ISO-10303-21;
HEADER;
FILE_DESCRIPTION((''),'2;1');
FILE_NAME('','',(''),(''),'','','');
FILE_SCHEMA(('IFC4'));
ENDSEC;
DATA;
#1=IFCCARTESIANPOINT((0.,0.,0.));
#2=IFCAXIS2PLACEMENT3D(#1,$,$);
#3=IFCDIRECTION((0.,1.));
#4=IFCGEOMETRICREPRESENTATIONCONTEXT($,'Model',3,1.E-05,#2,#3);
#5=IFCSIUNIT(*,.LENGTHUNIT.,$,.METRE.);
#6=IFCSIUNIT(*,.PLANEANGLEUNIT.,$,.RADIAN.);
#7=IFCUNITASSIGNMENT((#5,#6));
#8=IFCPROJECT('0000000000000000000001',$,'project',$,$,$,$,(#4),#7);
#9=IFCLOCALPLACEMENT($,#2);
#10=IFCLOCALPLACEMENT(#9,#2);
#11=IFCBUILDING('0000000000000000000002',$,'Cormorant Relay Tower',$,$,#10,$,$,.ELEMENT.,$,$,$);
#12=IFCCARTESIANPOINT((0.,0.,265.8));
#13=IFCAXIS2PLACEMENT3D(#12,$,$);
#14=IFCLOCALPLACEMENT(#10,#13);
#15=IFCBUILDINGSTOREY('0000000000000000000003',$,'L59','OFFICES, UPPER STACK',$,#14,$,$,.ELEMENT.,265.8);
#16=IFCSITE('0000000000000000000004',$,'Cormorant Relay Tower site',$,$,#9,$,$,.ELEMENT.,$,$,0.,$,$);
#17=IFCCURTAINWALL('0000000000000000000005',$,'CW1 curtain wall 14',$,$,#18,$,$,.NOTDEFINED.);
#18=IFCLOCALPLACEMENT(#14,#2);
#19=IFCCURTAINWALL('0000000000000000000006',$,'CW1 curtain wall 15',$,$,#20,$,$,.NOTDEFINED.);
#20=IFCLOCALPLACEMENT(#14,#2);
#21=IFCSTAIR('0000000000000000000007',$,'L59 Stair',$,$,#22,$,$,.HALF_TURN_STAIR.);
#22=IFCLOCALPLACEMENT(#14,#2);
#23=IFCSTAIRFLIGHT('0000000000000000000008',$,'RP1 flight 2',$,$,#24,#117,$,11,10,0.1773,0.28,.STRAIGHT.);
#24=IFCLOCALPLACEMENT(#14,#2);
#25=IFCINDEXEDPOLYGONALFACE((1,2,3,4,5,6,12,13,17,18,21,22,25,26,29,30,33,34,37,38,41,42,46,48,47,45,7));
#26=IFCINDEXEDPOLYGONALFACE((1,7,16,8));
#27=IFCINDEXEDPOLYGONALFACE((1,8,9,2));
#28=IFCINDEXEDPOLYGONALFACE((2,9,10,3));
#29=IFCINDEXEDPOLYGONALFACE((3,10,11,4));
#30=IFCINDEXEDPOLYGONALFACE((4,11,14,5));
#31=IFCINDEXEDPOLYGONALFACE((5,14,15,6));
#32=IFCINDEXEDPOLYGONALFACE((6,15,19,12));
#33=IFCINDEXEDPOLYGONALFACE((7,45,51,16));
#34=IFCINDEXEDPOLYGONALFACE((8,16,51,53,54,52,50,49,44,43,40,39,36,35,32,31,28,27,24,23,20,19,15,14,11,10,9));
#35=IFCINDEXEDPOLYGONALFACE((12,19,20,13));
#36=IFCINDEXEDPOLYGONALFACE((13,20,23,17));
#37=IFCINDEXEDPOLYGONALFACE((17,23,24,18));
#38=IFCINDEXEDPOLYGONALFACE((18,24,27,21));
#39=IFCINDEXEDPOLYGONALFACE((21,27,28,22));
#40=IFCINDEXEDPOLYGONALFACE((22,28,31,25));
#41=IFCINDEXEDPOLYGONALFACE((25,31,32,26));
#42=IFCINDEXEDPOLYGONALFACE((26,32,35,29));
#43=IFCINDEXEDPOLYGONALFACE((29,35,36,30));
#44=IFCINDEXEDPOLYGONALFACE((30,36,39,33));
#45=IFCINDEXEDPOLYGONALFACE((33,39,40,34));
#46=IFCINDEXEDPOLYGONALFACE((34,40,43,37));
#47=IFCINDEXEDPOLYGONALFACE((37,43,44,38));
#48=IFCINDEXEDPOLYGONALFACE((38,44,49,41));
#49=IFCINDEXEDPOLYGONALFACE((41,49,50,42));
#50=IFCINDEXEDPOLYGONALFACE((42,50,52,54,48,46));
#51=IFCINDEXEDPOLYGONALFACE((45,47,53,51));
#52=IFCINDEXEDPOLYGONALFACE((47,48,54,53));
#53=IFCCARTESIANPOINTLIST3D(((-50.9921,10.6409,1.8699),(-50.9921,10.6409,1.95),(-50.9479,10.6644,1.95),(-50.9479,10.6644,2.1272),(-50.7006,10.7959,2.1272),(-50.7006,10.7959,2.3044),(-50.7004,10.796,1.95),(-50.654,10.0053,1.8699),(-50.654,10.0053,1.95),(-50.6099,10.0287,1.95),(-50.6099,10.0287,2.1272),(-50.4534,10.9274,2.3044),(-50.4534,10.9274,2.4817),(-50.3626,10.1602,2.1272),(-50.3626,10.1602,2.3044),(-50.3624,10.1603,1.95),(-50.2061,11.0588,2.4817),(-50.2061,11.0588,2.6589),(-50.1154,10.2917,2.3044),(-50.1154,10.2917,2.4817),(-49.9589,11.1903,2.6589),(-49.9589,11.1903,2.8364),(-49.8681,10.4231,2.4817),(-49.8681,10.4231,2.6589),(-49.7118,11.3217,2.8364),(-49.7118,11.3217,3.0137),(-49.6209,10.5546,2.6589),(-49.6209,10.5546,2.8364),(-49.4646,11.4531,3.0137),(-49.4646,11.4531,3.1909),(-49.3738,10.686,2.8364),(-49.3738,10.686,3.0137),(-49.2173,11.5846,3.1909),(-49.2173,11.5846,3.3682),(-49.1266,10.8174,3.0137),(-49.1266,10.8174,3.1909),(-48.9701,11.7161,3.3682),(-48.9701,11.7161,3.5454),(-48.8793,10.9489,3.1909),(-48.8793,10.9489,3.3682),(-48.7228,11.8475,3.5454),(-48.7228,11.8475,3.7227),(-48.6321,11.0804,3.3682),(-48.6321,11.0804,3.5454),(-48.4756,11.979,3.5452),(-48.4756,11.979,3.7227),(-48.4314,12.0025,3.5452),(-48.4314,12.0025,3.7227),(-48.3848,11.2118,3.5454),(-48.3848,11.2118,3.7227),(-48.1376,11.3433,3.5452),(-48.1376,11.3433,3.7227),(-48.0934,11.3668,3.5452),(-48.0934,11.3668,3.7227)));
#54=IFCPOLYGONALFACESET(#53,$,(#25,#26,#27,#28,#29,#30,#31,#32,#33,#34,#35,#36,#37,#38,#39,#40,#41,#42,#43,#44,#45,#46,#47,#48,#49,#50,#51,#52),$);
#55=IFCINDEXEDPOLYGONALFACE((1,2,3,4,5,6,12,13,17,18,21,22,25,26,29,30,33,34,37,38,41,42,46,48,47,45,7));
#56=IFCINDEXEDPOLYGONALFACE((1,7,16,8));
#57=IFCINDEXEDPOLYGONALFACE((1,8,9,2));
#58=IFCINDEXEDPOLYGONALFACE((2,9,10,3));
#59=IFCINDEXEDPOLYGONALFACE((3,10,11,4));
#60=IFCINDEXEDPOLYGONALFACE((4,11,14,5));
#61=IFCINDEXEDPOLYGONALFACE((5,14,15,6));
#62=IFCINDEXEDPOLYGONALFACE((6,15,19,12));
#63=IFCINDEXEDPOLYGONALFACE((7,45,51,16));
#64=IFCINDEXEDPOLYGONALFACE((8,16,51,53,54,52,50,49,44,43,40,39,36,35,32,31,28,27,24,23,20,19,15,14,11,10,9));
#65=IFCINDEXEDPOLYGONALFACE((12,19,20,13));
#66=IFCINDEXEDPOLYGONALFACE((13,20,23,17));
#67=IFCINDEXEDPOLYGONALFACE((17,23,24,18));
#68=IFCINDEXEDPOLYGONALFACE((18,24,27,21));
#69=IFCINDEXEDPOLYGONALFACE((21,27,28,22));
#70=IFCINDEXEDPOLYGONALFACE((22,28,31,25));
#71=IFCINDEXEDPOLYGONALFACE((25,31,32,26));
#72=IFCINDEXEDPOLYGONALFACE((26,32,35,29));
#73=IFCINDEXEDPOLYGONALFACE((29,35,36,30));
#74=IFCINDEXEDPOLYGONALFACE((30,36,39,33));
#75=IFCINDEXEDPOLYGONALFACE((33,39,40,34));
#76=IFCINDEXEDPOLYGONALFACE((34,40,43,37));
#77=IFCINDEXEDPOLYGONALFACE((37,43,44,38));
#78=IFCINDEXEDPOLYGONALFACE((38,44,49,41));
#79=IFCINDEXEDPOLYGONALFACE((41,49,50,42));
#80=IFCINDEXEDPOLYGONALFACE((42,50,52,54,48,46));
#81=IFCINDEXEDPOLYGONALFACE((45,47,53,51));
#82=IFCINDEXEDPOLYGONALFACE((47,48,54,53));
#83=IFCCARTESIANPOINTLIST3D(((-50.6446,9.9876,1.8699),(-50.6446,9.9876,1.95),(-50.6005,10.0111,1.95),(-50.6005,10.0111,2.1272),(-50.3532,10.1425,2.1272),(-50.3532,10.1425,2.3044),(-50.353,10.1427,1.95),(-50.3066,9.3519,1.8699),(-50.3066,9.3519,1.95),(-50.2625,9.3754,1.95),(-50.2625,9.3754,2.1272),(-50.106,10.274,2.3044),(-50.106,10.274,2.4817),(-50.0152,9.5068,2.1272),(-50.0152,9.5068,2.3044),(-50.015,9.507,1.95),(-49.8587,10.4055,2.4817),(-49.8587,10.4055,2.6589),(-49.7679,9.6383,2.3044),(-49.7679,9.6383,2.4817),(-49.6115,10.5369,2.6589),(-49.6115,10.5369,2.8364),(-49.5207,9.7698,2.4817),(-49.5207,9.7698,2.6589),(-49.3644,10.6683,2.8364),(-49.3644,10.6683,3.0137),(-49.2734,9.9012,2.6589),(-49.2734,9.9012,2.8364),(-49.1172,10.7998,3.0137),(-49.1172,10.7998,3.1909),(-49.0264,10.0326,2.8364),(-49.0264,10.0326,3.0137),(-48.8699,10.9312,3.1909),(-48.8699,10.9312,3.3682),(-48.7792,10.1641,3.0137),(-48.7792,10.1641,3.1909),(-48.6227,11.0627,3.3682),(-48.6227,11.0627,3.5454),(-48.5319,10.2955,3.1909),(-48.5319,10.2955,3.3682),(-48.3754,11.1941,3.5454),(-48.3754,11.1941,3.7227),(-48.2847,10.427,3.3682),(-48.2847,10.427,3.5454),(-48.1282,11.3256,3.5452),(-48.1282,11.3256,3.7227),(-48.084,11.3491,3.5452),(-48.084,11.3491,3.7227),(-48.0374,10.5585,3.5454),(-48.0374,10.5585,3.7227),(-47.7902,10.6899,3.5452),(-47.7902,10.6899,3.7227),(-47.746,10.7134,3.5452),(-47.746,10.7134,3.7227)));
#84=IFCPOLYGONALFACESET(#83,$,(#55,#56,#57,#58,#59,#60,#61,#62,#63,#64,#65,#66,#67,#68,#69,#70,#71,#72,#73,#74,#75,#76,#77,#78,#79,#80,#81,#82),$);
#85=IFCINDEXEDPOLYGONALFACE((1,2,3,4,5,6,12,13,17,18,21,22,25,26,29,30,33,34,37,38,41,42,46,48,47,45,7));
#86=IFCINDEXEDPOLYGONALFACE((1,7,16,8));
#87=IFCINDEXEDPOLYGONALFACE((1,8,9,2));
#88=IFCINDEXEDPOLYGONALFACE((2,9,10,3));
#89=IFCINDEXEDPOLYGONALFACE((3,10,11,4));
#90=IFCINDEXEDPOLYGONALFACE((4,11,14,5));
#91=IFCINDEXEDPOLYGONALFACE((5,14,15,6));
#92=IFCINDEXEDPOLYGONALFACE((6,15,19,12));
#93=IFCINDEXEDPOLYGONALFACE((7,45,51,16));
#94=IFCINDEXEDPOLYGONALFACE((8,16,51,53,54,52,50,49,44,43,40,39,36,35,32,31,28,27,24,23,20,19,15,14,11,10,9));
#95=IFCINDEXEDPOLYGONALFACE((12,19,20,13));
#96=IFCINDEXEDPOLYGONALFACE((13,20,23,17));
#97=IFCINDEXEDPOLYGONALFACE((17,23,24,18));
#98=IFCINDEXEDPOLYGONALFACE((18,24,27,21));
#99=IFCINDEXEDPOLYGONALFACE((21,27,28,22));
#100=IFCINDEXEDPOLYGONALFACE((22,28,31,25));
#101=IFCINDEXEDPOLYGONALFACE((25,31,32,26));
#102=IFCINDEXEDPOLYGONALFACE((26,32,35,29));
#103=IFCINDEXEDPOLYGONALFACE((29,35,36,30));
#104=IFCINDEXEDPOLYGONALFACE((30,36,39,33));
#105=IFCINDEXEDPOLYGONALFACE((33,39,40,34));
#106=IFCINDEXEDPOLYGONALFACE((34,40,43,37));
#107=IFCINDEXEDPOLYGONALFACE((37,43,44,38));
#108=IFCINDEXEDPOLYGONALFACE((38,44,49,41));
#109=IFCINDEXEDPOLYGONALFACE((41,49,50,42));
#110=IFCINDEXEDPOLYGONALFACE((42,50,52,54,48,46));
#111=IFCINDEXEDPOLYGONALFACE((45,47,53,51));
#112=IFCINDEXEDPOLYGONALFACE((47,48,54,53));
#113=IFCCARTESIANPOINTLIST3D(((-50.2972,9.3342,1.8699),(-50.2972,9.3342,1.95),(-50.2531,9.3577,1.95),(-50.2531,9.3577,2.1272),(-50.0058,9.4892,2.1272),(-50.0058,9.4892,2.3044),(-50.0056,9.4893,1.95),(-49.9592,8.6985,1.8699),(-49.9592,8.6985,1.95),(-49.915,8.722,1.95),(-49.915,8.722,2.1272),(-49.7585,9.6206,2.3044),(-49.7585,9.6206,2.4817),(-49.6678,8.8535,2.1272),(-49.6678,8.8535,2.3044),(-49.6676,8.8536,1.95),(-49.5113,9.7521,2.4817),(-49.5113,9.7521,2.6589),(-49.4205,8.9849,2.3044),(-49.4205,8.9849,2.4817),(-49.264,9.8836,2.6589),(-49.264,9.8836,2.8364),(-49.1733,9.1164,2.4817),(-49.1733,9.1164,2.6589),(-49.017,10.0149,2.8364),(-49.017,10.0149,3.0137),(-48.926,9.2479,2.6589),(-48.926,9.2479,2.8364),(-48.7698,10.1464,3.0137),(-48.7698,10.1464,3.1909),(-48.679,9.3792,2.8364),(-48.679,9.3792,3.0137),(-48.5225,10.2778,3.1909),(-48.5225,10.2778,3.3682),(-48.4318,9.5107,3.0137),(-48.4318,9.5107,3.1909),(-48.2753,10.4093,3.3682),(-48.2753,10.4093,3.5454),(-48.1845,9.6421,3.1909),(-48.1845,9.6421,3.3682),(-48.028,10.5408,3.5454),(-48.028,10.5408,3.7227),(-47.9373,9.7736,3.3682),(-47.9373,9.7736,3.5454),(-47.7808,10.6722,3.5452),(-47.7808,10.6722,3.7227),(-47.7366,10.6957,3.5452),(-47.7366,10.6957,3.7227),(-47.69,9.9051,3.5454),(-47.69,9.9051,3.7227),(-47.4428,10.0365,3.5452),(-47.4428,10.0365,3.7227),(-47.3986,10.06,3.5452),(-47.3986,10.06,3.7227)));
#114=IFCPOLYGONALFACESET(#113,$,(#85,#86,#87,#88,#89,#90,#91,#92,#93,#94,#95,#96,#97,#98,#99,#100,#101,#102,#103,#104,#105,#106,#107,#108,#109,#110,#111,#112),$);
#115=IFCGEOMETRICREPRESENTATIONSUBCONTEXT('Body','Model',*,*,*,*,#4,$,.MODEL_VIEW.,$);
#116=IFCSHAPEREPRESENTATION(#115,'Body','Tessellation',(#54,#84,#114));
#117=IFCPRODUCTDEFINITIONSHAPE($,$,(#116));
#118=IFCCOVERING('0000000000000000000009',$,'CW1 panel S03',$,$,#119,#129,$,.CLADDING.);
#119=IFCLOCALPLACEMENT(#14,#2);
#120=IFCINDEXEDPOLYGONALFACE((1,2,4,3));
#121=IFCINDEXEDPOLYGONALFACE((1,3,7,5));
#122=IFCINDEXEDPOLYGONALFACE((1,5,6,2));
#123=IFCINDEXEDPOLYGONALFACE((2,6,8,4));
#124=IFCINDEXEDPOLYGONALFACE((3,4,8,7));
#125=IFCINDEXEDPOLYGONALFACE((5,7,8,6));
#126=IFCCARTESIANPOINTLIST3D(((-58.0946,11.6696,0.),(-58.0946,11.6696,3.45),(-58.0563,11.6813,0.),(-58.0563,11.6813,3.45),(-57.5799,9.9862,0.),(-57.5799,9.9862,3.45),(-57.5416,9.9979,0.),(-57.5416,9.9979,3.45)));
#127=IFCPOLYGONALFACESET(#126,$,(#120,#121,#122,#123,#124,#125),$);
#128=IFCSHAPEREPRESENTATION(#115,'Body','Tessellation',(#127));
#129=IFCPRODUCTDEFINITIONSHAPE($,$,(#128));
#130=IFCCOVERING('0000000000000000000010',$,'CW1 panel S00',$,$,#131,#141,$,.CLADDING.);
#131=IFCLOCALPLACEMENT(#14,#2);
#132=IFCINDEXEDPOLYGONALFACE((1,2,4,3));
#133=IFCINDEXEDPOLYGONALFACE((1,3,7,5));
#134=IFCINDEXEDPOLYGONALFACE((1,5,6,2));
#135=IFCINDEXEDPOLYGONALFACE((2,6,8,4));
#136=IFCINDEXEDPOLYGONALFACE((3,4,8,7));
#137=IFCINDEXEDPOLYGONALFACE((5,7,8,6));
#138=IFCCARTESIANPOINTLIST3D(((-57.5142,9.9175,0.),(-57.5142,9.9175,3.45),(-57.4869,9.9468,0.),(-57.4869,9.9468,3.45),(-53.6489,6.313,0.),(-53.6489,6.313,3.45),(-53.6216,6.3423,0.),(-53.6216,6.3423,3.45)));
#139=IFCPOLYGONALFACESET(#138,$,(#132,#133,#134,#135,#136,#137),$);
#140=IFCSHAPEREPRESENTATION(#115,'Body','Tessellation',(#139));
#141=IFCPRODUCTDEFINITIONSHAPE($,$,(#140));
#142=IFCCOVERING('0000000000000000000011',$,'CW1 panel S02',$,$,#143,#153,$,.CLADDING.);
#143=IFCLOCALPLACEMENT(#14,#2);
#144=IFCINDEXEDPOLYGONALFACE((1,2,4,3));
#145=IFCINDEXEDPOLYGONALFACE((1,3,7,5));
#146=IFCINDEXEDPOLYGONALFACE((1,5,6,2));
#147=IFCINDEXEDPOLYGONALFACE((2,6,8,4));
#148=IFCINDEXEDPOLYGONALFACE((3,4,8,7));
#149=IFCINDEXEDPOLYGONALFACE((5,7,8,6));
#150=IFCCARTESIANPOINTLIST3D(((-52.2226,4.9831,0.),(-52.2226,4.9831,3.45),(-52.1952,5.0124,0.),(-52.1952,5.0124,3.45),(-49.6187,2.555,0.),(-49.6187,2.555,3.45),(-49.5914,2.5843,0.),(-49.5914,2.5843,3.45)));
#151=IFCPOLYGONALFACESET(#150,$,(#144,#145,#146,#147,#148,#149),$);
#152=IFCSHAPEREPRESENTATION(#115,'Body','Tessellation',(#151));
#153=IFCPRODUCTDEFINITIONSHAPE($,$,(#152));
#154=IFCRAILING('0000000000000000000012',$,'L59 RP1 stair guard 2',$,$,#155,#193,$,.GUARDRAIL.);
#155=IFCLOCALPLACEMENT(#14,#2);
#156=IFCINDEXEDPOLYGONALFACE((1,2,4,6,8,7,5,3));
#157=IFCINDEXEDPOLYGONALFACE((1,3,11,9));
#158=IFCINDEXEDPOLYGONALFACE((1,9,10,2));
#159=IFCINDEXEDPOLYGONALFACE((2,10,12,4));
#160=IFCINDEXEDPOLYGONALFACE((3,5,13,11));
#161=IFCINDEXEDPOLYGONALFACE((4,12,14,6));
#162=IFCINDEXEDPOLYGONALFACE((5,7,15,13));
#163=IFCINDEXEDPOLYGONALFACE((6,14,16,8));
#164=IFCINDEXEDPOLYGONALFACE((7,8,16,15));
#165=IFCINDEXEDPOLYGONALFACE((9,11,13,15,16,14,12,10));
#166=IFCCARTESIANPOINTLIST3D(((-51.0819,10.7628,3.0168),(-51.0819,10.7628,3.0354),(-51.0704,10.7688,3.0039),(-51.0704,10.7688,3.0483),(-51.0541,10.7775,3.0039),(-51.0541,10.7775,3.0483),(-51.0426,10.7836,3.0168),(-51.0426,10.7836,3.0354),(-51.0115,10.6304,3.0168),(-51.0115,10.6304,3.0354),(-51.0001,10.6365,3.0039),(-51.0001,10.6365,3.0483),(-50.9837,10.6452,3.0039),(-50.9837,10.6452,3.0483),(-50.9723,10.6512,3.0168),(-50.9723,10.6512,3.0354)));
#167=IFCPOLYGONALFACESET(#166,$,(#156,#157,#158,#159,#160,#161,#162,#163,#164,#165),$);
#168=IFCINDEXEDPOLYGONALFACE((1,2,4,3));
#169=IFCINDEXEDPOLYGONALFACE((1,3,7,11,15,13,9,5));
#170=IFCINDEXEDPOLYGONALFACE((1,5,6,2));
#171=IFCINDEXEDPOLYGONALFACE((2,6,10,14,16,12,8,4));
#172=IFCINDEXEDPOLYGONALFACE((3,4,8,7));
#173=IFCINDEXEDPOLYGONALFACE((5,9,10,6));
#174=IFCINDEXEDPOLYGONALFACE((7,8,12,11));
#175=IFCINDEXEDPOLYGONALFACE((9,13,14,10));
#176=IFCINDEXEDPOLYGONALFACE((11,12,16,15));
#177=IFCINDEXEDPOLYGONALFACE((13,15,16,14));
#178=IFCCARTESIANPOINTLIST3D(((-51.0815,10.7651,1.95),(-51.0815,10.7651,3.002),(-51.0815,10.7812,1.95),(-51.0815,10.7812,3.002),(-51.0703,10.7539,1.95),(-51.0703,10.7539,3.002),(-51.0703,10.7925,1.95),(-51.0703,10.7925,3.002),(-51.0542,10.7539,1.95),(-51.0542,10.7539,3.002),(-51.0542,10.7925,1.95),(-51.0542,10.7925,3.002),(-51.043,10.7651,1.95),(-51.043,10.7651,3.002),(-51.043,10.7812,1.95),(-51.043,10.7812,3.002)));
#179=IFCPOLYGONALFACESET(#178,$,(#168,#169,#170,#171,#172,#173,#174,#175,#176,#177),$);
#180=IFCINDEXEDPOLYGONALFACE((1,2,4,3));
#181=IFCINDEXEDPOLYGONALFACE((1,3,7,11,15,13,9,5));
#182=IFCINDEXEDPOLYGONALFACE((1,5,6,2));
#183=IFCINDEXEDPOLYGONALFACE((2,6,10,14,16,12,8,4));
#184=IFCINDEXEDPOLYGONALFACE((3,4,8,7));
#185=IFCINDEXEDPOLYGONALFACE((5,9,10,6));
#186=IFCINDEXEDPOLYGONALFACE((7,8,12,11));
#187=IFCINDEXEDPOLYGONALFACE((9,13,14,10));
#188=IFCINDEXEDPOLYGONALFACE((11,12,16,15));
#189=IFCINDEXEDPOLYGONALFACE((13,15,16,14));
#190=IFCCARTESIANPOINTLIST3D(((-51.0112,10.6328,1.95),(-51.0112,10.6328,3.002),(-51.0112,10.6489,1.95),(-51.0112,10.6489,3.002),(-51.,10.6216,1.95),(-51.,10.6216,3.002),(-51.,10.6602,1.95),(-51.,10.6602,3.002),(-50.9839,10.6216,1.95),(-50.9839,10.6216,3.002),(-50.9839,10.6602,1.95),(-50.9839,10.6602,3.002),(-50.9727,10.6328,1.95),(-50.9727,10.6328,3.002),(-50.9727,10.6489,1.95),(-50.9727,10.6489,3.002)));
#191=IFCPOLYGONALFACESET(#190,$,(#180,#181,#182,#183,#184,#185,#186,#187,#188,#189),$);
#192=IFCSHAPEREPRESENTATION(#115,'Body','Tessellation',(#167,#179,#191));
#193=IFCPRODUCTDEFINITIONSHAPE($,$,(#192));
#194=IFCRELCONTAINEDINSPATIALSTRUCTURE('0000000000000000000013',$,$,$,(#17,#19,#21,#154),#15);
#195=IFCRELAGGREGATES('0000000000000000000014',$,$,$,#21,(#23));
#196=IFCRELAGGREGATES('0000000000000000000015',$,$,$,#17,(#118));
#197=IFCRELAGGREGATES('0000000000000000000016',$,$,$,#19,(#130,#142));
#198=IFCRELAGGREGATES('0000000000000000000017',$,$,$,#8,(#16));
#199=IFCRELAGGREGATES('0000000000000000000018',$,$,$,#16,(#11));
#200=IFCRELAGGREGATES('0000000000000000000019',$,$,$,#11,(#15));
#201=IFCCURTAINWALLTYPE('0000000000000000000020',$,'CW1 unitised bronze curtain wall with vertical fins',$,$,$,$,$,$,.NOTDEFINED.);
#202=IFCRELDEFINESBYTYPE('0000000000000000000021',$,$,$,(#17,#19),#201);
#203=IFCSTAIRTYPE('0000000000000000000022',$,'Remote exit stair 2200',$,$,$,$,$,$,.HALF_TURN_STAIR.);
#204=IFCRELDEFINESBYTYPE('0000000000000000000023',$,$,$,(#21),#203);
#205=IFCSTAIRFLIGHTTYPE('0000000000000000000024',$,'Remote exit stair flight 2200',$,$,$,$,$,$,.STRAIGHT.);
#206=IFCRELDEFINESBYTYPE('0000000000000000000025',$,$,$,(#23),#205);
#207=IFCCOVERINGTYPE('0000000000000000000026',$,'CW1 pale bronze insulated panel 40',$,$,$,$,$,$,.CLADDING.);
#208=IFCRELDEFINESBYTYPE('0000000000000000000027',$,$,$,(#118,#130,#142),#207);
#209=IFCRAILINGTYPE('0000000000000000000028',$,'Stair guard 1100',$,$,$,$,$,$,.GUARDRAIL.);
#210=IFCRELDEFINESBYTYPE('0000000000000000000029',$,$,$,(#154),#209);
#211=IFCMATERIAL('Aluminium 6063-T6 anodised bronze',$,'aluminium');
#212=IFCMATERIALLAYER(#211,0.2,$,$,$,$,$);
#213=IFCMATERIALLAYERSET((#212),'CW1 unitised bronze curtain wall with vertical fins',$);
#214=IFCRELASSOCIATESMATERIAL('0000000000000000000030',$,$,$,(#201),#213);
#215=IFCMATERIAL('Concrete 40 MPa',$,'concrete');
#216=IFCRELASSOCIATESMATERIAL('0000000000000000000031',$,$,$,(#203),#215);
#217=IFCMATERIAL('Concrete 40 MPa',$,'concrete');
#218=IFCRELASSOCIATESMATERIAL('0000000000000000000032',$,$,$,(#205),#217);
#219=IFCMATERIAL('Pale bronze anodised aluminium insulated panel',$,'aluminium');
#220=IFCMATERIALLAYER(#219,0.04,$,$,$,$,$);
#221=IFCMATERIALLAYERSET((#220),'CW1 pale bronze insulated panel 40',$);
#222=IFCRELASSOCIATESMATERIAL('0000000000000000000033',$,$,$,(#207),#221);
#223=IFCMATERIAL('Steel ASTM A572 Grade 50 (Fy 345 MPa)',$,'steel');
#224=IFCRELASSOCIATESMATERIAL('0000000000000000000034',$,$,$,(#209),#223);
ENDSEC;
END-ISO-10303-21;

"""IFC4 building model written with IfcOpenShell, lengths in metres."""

from ifc_helpers import new_model, si_unit, direction, frame, origin, origin_2d, place, context, subcontext, project, spatial, polyline, rectangle, outline, extrude, material, layer, layer_set, type_object, element, aggregate, save


model = new_model("IFC4")

# Units and contexts
model_context = context("Model", 3, precision=1e-05, world=origin(), true_north=direction((0.0, 1.0)))
body_context = subcontext(model_context, "Body", "Model", "MODEL_VIEW")
ifc_project = project(units=[si_unit("LENGTHUNIT", "METRE"), si_unit("PLANEANGLEUNIT", "RADIAN")], contexts=[model_context])

# Site, building, storey
site_placement = place(None, origin())
site = spatial("IfcSite", under=ifc_project, at=site_placement, Name="Cormorant Relay Tower site", CompositionType="ELEMENT", RefElevation=0.0)
building_placement = place(site_placement, origin())
building = spatial("IfcBuilding", under=site, at=building_placement, Name="Cormorant Relay Tower", CompositionType="ELEMENT")
storey_placement = place(building_placement, frame((0.0, 0.0, 265.8)))
storey = spatial("IfcBuildingStorey", under=building, at=storey_placement, Name="L59", Description="OFFICES, UPPER STACK", CompositionType="ELEMENT", Elevation=265.8)

# Curtain wall
ifc_material_1 = material(Name="Aluminium 6063-T6 anodised bronze", Category="aluminium")
ifc_layer_1 = layer(ifc_material_1, 0.2)
ifc_layer_set_1 = layer_set([ifc_layer_1], Name="CW1 unitised bronze curtain wall with vertical fins")
curtain_wall_type = type_object("IfcCurtainWallType", Name="CW1 unitised bronze curtain wall with vertical fins", PredefinedType="NOTDEFINED", material=ifc_layer_set_1)
curtain_wall_1_placement = place(storey_placement, origin())
curtain_wall_1 = element("IfcCurtainWall", 1, at=curtain_wall_1_placement, inside=storey, type_object=curtain_wall_type, Name="CW1 curtain wall 14", PredefinedType="NOTDEFINED")

# Curtain wall
curtain_wall_2_placement = place(storey_placement, origin())
curtain_wall_2 = element("IfcCurtainWall", 2, at=curtain_wall_2_placement, inside=storey, type_object=curtain_wall_type, Name="CW1 curtain wall 15", PredefinedType="NOTDEFINED")

# Stair, stair flight
ifc_material_2 = material(Name="Concrete 40 MPa", Category="concrete")
stair_type = type_object("IfcStairType", Name="Remote exit stair 2200", PredefinedType="HALF_TURN_STAIR", material=ifc_material_2)
stair_placement = place(storey_placement, origin())
stair = element("IfcStair", 3, at=stair_placement, inside=storey, type_object=stair_type, Name="L59 Stair", PredefinedType="HALF_TURN_STAIR")
ifc_material_3 = material(Name="Concrete 40 MPa", Category="concrete")
stair_flight_type = type_object("IfcStairFlightType", Name="Remote exit stair flight 2200", PredefinedType="STRAIGHT", material=ifc_material_3)
stair_flight_1_placement = place(storey_placement, frame((-50.4314, 9.6931, 1.95), z_axis=(0.0, 0.0, 1.0), x_axis=(0.882948, 0.469472, 0.0)))
stair_flight_1 = element("IfcStairFlight", 4, at=stair_flight_1_placement, type_object=stair_flight_type, Name="RP1 flight 2", NumberOfRisers=11, NumberOfTreads=10, PredefinedType="STRAIGHT", RiserHeight=0.1773, TreadLength=0.28, context=body_context, shape_type="SweptSolid", body=[
    extrude(outline(polyline([(-0.05, -0.0801), (-0.05, 0.0), (0.0, 0.0), (0.0, 0.1772), (0.28, 0.1772), (0.28, 0.3545), (0.5601, 0.3545), (0.5601, 0.5317), (0.8401, 0.5317), (0.8401, 0.709), (1.1201, 0.709), (1.1201, 0.8865), (1.3999, 0.8865), (1.3999, 1.0637), (1.6799, 1.0637), (1.6799, 1.241), (1.96, 1.241), (1.96, 1.4182), (2.24, 1.4182), (2.24, 1.5955), (2.52, 1.5955), (2.52, 1.7727), (2.8, 1.7727), (2.8501, 1.7727), (2.8501, 1.5952), (2.8, 1.5952), (0.2803, 0.0), (-0.05, -0.0801)])), frame((0.0, 1.1001, 0.0), z_axis=(0.0, -1.0, 0.0), x_axis=(1.0, 0.0, 0.0)), (0.0, 0.0, 1.0), 0.72),
    extrude(outline(polyline([(-0.05, -0.0801), (-0.05, 0.0), (0.0, 0.0), (0.0, 0.1772), (0.28, 0.1772), (0.28, 0.3545), (0.5601, 0.3545), (0.5601, 0.5317), (0.8401, 0.5317), (0.8401, 0.709), (1.1201, 0.709), (1.1201, 0.8865), (1.3999, 0.8865), (1.3999, 1.0637), (1.6799, 1.0637), (1.6799, 1.241), (1.96, 1.241), (1.96, 1.4182), (2.24, 1.4182), (2.24, 1.5955), (2.52, 1.5955), (2.52, 1.7727), (2.8, 1.7727), (2.8501, 1.7727), (2.8501, 1.5952), (2.8, 1.5952), (0.2803, 0.0), (-0.05, -0.0801)])), frame((0.0, 0.3601, 0.0), z_axis=(0.0, -1.0, 0.0), x_axis=(1.0, 0.0, 0.0)), (0.0, 0.0, 1.0), 0.72),
    extrude(outline(polyline([(-0.05, -0.0801), (-0.05, 0.0), (0.0, 0.0), (0.0, 0.1772), (0.28, 0.1772), (0.28, 0.3545), (0.5601, 0.3545), (0.5601, 0.5317), (0.8401, 0.5317), (0.8401, 0.709), (1.1201, 0.709), (1.1201, 0.8865), (1.3999, 0.8865), (1.3999, 1.0637), (1.6799, 1.0637), (1.6799, 1.241), (1.96, 1.241), (1.96, 1.4182), (2.24, 1.4182), (2.24, 1.5955), (2.52, 1.5955), (2.52, 1.7727), (2.8, 1.7727), (2.8501, 1.7727), (2.8501, 1.5952), (2.8, 1.5952), (0.2803, 0.0), (-0.05, -0.0801)])), frame((0.0, -0.3799, 0.0), z_axis=(0.0, -1.0, 0.0), x_axis=(1.0, 0.0, 0.0)), (0.0, 0.0, 1.0), 0.72),
])
aggregate(stair, [stair_flight_1])

# Coverings
ifc_material_4 = material(Name="Pale bronze anodised aluminium insulated panel", Category="aluminium")
ifc_layer_2 = layer(ifc_material_4, 0.04)
ifc_layer_set_2 = layer_set([ifc_layer_2], Name="CW1 pale bronze insulated panel 40")
covering_type = type_object("IfcCoveringType", Name="CW1 pale bronze insulated panel 40", PredefinedType="CLADDING", material=ifc_layer_set_2)
covering_1_placement = place(storey_placement, frame((-57.8181, 10.8337, 0.0), z_axis=(0.0, 0.0, 1.0), x_axis=(0.292372, -0.956305, 0.0)))
covering_1 = element("IfcCovering", 5, at=covering_1_placement, type_object=covering_type, Name="CW1 panel S03", PredefinedType="CLADDING", context=body_context, shape_type="SweptSolid", body=[
    extrude(rectangle(XDim=1.7603, YDim=0.04, at=origin_2d()), origin(), (0.0, 0.0, 1.0), 3.45),
])
aggregate(curtain_wall_1, [covering_1])
covering_2_placement = place(storey_placement, frame((-55.5679, 8.1299, 0.0), z_axis=(0.0, 0.0, 1.0), x_axis=(0.731354, -0.681998, 0.0)))
covering_2 = element("IfcCovering", 6, at=covering_2_placement, type_object=covering_type, Name="CW1 panel S00", PredefinedType="CLADDING", context=body_context, shape_type="SweptSolid", body=[
    extrude(rectangle(XDim=5.2852, YDim=0.04, at=origin_2d()), origin(), (0.0, 0.0, 1.0), 3.45),
])
covering_3_placement = place(storey_placement, frame((-50.907, 3.7837, 0.0), z_axis=(0.0, 0.0, 1.0), x_axis=(0.731354, -0.681998, 0.0)))
covering_3 = element("IfcCovering", 7, at=covering_3_placement, type_object=covering_type, Name="CW1 panel S02", PredefinedType="CLADDING", context=body_context, shape_type="SweptSolid", body=[
    extrude(rectangle(XDim=3.5603, YDim=0.04, at=origin_2d()), origin(), (0.0, 0.0, 1.0), 3.45),
])
aggregate(curtain_wall_2, [covering_2, covering_3])

# Railing
ifc_material_5 = material(Name="Steel ASTM A572 Grade 50 (Fy 345 MPa)", Category="steel")
railing_type_1 = type_object("IfcRailingType", Name="Stair guard 1100", PredefinedType="GUARDRAIL", material=ifc_material_5)
railing_1_placement = place(storey_placement, frame((-51.0623, 10.7732, 1.95)))
element("IfcRailing", 8, at=railing_1_placement, inside=storey, type_object=railing_type_1, Name="L59 RP1 stair guard 2", PredefinedType="GUARDRAIL", context=body_context, shape_type="SweptSolid", body=[
    extrude(outline(polyline([(0.0222, 0.0093), (0.0093, 0.0222), (-0.0093, 0.0222), (-0.0222, 0.0093), (-0.0222, -0.0093), (-0.0093, -0.0222), (0.0093, -0.0222), (0.0222, -0.0093), (0.0222, 0.0093)])), frame((0.0, 0.0, 1.0762), z_axis=(0.469235, -0.883074, 0.0), x_axis=(0.883074, 0.469235, 0.0)), (0.0, 0.0, 1.0), 0.1499),
    extrude(outline(polyline([(0.0193, 0.0081), (0.0081, 0.0193), (-0.0081, 0.0193), (-0.0193, 0.0081), (-0.0193, -0.0081), (-0.0081, -0.0193), (0.0081, -0.0193), (0.0193, -0.0081), (0.0193, 0.0081)])), origin(), (0.0, 0.0, 1.0), 1.052),
    extrude(outline(polyline([(0.0193, 0.0081), (0.0081, 0.0193), (-0.0081, 0.0193), (-0.0193, 0.0081), (-0.0193, -0.0081), (-0.0081, -0.0193), (0.0081, -0.0193), (0.0193, -0.0081), (0.0193, 0.0081)])), frame((0.0703, -0.1323, 0.0)), (0.0, 0.0, 1.0), 1.052),
])

save(model, "model.ifc")
